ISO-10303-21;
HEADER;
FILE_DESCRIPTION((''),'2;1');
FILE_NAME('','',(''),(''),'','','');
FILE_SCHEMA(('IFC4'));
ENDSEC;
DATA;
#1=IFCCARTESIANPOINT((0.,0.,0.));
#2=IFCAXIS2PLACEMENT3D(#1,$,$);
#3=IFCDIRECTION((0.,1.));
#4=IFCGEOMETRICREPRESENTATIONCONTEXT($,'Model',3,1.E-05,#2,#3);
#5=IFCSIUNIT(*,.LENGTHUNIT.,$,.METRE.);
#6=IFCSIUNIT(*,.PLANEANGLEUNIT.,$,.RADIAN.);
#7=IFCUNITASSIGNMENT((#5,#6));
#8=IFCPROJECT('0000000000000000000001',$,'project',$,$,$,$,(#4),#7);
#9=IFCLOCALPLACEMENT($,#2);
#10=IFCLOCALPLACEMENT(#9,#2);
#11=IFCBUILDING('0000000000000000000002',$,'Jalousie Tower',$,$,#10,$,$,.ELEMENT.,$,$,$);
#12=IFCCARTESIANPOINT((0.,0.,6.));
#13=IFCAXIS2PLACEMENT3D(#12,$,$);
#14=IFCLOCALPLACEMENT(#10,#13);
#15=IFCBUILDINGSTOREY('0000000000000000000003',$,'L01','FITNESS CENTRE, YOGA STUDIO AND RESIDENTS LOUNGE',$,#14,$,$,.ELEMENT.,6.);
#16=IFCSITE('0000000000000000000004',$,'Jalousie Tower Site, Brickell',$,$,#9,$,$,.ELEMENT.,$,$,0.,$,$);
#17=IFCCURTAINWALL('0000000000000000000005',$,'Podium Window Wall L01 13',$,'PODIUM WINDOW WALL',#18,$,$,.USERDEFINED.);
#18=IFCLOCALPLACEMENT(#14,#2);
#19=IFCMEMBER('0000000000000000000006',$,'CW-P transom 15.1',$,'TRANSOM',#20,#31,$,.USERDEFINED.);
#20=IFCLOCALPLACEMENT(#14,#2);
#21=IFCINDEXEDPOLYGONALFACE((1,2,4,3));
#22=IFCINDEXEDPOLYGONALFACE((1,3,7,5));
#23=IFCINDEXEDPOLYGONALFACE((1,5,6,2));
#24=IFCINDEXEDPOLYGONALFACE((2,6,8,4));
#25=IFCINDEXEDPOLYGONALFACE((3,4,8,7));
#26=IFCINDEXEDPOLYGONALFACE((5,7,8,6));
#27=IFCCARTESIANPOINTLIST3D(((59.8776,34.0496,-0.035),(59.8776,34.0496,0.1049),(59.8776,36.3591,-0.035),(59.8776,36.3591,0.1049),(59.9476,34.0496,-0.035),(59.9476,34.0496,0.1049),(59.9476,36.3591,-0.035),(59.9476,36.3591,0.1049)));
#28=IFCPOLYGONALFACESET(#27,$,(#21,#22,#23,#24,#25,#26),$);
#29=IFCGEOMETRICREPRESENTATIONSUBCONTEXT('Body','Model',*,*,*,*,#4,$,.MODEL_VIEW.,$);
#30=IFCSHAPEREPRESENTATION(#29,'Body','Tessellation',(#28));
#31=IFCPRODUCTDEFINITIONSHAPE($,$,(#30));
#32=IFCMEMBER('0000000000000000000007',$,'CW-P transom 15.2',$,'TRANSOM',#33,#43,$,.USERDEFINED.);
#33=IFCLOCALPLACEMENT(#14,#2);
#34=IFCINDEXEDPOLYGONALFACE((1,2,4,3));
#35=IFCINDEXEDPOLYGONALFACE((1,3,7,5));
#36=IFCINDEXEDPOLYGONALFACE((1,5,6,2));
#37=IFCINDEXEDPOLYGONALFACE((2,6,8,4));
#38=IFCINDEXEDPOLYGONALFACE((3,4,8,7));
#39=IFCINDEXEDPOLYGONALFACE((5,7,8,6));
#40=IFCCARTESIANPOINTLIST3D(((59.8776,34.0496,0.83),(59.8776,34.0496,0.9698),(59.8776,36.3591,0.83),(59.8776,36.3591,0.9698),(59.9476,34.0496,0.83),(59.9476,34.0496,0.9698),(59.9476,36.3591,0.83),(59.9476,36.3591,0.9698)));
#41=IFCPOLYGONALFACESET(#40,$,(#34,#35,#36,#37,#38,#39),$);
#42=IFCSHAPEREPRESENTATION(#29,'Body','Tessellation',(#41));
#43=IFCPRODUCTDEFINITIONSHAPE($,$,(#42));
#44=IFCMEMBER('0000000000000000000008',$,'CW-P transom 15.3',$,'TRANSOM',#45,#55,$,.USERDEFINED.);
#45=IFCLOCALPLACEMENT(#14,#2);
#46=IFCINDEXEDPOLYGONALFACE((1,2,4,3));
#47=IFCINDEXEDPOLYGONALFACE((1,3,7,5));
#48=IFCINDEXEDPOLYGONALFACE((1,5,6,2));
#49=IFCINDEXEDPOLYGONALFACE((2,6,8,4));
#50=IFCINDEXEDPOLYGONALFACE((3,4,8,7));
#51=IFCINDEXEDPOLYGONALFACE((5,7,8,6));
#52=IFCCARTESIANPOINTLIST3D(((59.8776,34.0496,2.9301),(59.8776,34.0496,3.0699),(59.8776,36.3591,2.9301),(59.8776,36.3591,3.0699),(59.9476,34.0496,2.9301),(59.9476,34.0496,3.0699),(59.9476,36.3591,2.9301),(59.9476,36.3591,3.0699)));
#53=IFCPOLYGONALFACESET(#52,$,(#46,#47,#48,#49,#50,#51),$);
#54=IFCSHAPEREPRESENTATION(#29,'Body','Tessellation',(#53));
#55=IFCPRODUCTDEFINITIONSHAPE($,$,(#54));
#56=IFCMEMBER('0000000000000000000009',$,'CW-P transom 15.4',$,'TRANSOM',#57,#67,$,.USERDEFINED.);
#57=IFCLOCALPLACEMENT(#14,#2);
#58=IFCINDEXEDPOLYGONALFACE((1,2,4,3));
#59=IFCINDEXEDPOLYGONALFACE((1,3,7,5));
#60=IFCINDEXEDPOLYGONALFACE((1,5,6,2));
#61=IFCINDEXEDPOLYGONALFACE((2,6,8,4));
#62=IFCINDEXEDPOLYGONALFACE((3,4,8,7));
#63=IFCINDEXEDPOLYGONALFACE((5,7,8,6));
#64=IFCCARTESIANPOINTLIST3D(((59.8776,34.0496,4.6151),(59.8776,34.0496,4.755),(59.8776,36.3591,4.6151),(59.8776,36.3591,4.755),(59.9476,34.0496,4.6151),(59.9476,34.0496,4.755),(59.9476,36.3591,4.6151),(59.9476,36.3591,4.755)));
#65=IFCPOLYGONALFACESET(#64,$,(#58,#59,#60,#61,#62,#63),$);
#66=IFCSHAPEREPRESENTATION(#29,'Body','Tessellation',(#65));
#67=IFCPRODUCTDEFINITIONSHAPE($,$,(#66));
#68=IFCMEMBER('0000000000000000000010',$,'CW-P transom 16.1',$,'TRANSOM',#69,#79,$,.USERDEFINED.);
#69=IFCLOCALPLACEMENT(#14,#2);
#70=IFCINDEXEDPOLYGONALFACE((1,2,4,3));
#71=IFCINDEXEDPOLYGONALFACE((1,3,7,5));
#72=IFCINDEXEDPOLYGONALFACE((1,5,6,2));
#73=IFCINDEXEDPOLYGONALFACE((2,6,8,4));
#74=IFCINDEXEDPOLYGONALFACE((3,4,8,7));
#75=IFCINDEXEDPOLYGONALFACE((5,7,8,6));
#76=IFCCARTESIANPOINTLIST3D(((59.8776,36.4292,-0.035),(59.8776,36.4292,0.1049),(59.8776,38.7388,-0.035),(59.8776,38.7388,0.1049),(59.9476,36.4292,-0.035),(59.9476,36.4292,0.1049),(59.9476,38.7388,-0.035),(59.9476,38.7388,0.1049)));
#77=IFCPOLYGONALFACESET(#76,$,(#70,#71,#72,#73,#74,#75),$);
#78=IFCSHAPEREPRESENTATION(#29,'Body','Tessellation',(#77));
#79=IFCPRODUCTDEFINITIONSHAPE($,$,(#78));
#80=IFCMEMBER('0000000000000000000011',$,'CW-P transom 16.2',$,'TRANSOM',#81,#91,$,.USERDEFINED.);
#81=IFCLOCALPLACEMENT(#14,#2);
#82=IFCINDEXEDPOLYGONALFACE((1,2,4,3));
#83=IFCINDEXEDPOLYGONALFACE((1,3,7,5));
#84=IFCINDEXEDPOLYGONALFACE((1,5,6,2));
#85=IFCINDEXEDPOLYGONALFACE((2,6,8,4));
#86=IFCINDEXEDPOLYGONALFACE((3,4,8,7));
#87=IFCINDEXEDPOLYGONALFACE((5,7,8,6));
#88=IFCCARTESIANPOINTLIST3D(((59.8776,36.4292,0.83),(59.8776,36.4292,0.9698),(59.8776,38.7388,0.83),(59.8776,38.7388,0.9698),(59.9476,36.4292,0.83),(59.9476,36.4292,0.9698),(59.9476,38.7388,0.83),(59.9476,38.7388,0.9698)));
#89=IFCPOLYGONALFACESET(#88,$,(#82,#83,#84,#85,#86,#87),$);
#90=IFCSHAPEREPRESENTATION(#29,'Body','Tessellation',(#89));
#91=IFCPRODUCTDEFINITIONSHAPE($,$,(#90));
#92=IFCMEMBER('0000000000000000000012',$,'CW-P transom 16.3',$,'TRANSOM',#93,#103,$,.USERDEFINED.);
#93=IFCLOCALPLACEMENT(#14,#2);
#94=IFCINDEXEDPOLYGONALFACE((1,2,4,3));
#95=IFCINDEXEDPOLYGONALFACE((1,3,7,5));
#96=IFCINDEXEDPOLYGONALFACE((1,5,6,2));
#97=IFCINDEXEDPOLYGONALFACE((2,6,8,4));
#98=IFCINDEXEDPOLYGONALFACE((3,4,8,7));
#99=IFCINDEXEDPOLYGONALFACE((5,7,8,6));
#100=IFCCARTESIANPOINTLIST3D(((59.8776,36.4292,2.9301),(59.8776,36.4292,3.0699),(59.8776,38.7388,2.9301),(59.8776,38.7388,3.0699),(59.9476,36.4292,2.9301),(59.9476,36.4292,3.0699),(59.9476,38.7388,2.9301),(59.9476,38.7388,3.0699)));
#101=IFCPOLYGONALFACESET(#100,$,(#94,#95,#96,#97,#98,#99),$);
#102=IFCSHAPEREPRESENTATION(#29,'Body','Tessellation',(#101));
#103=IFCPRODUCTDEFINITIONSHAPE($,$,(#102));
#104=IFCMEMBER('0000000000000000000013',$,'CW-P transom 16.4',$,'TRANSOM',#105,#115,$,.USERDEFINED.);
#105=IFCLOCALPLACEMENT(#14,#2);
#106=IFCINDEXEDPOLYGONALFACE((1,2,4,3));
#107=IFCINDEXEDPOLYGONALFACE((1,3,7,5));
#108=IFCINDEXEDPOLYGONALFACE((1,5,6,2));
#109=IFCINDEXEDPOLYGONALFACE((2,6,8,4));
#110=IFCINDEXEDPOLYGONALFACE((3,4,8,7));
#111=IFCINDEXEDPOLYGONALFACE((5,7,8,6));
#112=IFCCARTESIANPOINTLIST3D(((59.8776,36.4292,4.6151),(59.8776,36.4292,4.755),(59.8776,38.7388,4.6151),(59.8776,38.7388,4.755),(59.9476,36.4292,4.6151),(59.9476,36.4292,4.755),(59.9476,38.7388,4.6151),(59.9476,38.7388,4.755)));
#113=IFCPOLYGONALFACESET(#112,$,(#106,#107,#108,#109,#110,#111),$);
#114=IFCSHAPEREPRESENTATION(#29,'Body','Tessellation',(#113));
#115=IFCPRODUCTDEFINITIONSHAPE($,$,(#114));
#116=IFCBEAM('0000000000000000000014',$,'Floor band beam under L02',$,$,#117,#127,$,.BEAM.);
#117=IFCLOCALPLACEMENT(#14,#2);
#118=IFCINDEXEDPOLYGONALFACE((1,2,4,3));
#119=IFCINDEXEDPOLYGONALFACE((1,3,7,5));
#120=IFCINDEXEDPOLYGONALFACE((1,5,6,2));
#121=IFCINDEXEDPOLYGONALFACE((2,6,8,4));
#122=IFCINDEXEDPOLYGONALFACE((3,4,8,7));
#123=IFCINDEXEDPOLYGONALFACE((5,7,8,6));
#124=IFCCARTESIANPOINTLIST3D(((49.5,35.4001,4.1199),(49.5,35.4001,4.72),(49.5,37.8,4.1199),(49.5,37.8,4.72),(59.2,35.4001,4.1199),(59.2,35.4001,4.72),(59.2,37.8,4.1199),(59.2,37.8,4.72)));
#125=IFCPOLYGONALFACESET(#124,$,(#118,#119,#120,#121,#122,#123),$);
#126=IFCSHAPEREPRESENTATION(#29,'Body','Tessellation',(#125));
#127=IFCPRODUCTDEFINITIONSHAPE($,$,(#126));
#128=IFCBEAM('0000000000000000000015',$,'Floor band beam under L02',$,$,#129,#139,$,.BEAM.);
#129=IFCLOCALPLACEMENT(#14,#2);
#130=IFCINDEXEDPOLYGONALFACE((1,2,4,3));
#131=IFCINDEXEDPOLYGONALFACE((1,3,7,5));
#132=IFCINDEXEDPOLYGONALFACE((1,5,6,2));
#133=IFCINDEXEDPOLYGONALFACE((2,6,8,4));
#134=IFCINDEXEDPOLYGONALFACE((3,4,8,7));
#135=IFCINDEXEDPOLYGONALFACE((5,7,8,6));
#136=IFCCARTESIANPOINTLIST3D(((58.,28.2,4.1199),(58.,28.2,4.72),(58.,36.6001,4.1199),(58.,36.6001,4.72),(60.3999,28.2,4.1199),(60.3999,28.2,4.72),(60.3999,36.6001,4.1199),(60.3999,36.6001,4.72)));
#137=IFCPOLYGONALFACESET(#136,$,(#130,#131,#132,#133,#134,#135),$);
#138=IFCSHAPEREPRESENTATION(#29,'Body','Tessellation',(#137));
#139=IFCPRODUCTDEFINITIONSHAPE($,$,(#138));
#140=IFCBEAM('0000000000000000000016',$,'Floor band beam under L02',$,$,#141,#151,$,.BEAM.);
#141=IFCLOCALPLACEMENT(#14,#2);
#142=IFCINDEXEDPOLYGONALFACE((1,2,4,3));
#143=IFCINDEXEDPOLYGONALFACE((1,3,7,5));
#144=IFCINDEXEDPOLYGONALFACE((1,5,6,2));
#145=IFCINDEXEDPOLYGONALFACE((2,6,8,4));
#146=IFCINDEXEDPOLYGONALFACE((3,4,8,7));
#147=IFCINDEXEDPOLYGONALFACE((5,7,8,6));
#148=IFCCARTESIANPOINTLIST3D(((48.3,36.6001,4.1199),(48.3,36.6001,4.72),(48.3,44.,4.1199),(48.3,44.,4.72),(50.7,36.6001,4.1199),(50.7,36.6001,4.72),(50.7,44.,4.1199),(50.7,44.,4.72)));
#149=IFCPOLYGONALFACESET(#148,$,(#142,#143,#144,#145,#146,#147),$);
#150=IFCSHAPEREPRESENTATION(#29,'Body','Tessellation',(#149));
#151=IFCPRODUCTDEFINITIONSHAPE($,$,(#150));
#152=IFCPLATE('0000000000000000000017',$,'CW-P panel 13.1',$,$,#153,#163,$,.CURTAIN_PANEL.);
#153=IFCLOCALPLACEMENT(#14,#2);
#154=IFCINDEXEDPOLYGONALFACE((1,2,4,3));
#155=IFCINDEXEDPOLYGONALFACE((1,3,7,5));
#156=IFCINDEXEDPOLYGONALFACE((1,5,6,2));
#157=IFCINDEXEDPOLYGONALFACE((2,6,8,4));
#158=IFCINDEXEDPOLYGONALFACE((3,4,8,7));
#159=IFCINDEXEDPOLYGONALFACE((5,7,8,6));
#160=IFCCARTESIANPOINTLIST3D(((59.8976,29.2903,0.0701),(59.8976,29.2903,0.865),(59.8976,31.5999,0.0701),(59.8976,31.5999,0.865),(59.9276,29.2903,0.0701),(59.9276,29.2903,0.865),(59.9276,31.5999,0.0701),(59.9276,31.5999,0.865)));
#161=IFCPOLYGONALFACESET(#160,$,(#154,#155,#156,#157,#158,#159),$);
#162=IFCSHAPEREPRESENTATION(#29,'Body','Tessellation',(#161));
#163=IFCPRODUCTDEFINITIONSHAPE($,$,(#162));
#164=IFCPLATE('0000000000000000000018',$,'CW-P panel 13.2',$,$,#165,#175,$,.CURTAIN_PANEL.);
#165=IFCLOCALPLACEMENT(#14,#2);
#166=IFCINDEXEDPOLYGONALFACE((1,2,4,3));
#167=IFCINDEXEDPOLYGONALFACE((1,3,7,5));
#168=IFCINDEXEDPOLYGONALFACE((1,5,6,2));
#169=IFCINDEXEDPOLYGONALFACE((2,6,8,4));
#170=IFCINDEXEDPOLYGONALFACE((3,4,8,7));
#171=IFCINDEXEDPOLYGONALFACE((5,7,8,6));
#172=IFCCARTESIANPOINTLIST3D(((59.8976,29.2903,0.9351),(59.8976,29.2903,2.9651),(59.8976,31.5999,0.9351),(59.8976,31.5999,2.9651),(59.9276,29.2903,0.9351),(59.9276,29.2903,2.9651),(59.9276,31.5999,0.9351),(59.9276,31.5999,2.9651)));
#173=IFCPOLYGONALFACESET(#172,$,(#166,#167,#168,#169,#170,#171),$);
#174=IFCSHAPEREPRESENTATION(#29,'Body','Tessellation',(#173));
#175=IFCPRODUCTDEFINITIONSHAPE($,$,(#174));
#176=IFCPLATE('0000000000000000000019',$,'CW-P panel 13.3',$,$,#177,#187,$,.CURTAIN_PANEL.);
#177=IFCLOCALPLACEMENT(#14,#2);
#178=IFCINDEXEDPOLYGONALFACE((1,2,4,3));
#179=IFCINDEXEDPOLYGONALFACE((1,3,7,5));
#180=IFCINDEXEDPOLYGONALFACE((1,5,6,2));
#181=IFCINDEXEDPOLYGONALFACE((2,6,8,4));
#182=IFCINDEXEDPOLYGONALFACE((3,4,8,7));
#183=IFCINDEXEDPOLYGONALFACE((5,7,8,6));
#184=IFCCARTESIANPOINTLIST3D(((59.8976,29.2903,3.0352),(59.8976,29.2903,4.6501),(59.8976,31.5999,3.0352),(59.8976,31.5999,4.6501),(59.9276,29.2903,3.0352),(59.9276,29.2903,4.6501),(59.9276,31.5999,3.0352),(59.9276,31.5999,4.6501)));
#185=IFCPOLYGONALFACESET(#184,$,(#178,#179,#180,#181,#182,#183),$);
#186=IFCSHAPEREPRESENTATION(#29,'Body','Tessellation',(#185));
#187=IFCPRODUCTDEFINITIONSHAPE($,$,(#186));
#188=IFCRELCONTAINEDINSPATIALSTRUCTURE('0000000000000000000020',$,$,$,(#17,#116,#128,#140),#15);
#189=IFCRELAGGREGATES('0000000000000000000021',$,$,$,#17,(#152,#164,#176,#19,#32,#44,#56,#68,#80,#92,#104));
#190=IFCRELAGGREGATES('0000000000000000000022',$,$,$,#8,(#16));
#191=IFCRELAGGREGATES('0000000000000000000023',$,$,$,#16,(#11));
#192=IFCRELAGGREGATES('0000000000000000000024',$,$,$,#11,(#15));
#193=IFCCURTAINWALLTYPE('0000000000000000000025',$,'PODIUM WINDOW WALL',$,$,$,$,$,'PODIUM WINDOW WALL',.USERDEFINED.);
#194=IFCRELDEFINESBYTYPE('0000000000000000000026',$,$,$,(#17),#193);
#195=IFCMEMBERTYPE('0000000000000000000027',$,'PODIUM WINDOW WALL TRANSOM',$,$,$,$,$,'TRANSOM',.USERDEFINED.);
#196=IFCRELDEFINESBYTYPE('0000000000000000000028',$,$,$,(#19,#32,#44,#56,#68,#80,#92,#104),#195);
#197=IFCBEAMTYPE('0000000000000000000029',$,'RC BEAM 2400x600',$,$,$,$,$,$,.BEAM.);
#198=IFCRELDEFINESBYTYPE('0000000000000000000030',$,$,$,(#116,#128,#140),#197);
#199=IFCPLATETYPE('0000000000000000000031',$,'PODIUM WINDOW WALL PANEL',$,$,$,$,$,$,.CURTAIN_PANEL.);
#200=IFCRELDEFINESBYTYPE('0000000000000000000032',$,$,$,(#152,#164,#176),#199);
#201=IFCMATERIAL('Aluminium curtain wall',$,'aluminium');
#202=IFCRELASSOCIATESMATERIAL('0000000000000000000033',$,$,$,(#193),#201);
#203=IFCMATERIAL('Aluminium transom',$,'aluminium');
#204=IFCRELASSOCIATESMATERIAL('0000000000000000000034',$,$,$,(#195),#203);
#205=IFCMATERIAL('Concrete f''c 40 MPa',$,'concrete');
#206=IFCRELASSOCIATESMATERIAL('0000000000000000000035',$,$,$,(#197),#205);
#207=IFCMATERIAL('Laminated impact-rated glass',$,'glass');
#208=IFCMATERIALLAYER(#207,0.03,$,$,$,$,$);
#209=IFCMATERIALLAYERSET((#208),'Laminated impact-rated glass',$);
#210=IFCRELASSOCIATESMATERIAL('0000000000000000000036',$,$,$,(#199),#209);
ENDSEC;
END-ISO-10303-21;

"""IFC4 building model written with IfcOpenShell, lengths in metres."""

from ifc_helpers import new_model, si_unit, direction, frame, origin, origin_2d, place, context, subcontext, project, spatial, rectangle, extrude, material, layer, layer_set, material_profile, profile_set, type_object, element, aggregate, save


model = new_model("IFC4")

# Units and contexts
model_context = context("Model", 3, precision=1e-05, world=origin(), true_north=direction((0.0, 1.0)))
body_context = subcontext(model_context, "Body", "Model", "MODEL_VIEW")
ifc_project = project(units=[si_unit("LENGTHUNIT", "METRE"), si_unit("PLANEANGLEUNIT", "RADIAN")], contexts=[model_context])

# Site, building, storey
site_placement = place(None, origin())
site = spatial("IfcSite", under=ifc_project, at=site_placement, Name="Jalousie Tower Site, Brickell", CompositionType="ELEMENT", RefElevation=0.0)
building_placement = place(site_placement, origin())
building = spatial("IfcBuilding", under=site, at=building_placement, Name="Jalousie Tower", CompositionType="ELEMENT")
storey_placement = place(building_placement, frame((0.0, 0.0, 6.0)))
storey = spatial("IfcBuildingStorey", under=building, at=storey_placement, Name="L01", Description="FITNESS CENTRE, YOGA STUDIO AND RESIDENTS LOUNGE", CompositionType="ELEMENT", Elevation=6.0)

# Curtain wall, members
ifc_material_1 = material(Name="Aluminium curtain wall", Category="aluminium")
curtain_wall_type = type_object("IfcCurtainWallType", Name="PODIUM WINDOW WALL", ElementType="PODIUM WINDOW WALL", PredefinedType="USERDEFINED", material=ifc_material_1)
curtain_wall_placement = place(storey_placement, origin())
curtain_wall = element("IfcCurtainWall", 1, at=curtain_wall_placement, inside=storey, type_object=curtain_wall_type, Name="Podium Window Wall L01 13", ObjectType="PODIUM WINDOW WALL", PredefinedType="USERDEFINED")
ifc_material_2 = material(Name="Aluminium transom", Category="aluminium")
ifc_material_profile_1 = material_profile(ifc_material_2, rectangle(XDim=0.0701, YDim=0.1399, at=origin_2d()), Name="TRANSOM 70x140")
ifc_profile_set_1 = profile_set([ifc_material_profile_1], Name="Aluminium transom")
member_type_1 = type_object("IfcMemberType", Name="PODIUM WINDOW WALL TRANSOM", ElementType="TRANSOM", PredefinedType="USERDEFINED", material=ifc_profile_set_1)
member_1_placement = place(storey_placement, frame((59.9126, 34.0496, 0.0349), z_axis=(0.0, 1.0, 0.0), x_axis=(-1.0, 0.0, 0.0)))
member_1 = element("IfcMember", 2, at=member_1_placement, type_object=member_type_1, Name="CW-P transom 15.1", ObjectType="TRANSOM", PredefinedType="USERDEFINED", context=body_context, shape_type="SweptSolid", body=[
    extrude(rectangle(XDim=0.0701, YDim=0.1399, at=origin_2d()), origin(), (0.0, 0.0, 1.0), 2.3096),
])
member_2_placement = place(storey_placement, frame((59.9126, 34.0496, 0.8999), z_axis=(0.0, 1.0, 0.0), x_axis=(-1.0, 0.0, 0.0)))
member_2 = element("IfcMember", 3, at=member_2_placement, type_object=member_type_1, Name="CW-P transom 15.2", ObjectType="TRANSOM", PredefinedType="USERDEFINED", context=body_context, shape_type="SweptSolid", body=[
    extrude(rectangle(XDim=0.0701, YDim=0.1399, at=origin_2d()), origin(), (0.0, 0.0, 1.0), 2.3096),
])
member_3_placement = place(storey_placement, frame((59.9126, 34.0496, 3.0), z_axis=(0.0, 1.0, 0.0), x_axis=(-1.0, 0.0, 0.0)))
member_3 = element("IfcMember", 4, at=member_3_placement, type_object=member_type_1, Name="CW-P transom 15.3", ObjectType="TRANSOM", PredefinedType="USERDEFINED", context=body_context, shape_type="SweptSolid", body=[
    extrude(rectangle(XDim=0.0701, YDim=0.1399, at=origin_2d()), origin(), (0.0, 0.0, 1.0), 2.3096),
])
member_4_placement = place(storey_placement, frame((59.9126, 34.0496, 4.6851), z_axis=(0.0, 1.0, 0.0), x_axis=(-1.0, 0.0, 0.0)))
member_4 = element("IfcMember", 5, at=member_4_placement, type_object=member_type_1, Name="CW-P transom 15.4", ObjectType="TRANSOM", PredefinedType="USERDEFINED", context=body_context, shape_type="SweptSolid", body=[
    extrude(rectangle(XDim=0.0701, YDim=0.1399, at=origin_2d()), origin(), (0.0, 0.0, 1.0), 2.3096),
])
member_5_placement = place(storey_placement, frame((59.9126, 36.4292, 0.0349), z_axis=(0.0, 1.0, 0.0), x_axis=(-1.0, 0.0, 0.0)))
member_5 = element("IfcMember", 6, at=member_5_placement, type_object=member_type_1, Name="CW-P transom 16.1", ObjectType="TRANSOM", PredefinedType="USERDEFINED", context=body_context, shape_type="SweptSolid", body=[
    extrude(rectangle(XDim=0.0701, YDim=0.1399, at=origin_2d()), origin(), (0.0, 0.0, 1.0), 2.3096),
])
member_6_placement = place(storey_placement, frame((59.9126, 36.4292, 0.8999), z_axis=(0.0, 1.0, 0.0), x_axis=(-1.0, 0.0, 0.0)))
member_6 = element("IfcMember", 7, at=member_6_placement, type_object=member_type_1, Name="CW-P transom 16.2", ObjectType="TRANSOM", PredefinedType="USERDEFINED", context=body_context, shape_type="SweptSolid", body=[
    extrude(rectangle(XDim=0.0701, YDim=0.1399, at=origin_2d()), origin(), (0.0, 0.0, 1.0), 2.3096),
])
member_7_placement = place(storey_placement, frame((59.9126, 36.4292, 3.0), z_axis=(0.0, 1.0, 0.0), x_axis=(-1.0, 0.0, 0.0)))
member_7 = element("IfcMember", 8, at=member_7_placement, type_object=member_type_1, Name="CW-P transom 16.3", ObjectType="TRANSOM", PredefinedType="USERDEFINED", context=body_context, shape_type="SweptSolid", body=[
    extrude(rectangle(XDim=0.0701, YDim=0.1399, at=origin_2d()), origin(), (0.0, 0.0, 1.0), 2.3096),
])
member_8_placement = place(storey_placement, frame((59.9126, 36.4292, 4.6851), z_axis=(0.0, 1.0, 0.0), x_axis=(-1.0, 0.0, 0.0)))
member_8 = element("IfcMember", 9, at=member_8_placement, type_object=member_type_1, Name="CW-P transom 16.4", ObjectType="TRANSOM", PredefinedType="USERDEFINED", context=body_context, shape_type="SweptSolid", body=[
    extrude(rectangle(XDim=0.0701, YDim=0.1399, at=origin_2d()), origin(), (0.0, 0.0, 1.0), 2.3096),
])

# Beams
ifc_material_3 = material(Name="Concrete f'c 40 MPa", Category="concrete")
ifc_material_profile_2 = material_profile(ifc_material_3, rectangle(XDim=2.3999, YDim=0.6001, at=origin_2d()), Name="RC 2400x600")
ifc_profile_set_2 = profile_set([ifc_material_profile_2], Name="Concrete f'c 40 MPa")
beam_type = type_object("IfcBeamType", Name="RC BEAM 2400x600", PredefinedType="BEAM", material=ifc_profile_set_2)
beam_1_placement = place(storey_placement, frame((49.5, 36.6001, 4.4199), z_axis=(1.0, 0.0, 0.0), x_axis=(0.0, 1.0, 0.0)))
element("IfcBeam", 10, at=beam_1_placement, inside=storey, type_object=beam_type, Name="Floor band beam under L02", PredefinedType="BEAM", context=body_context, shape_type="SweptSolid", body=[
    extrude(rectangle(XDim=2.3999, YDim=0.6001, at=origin_2d()), origin(), (0.0, 0.0, 1.0), 9.7),
])
beam_2_placement = place(storey_placement, frame((59.2, 28.2, 4.4199), z_axis=(0.0, 1.0, 0.0), x_axis=(-1.0, 0.0, 0.0)))
element("IfcBeam", 11, at=beam_2_placement, inside=storey, type_object=beam_type, Name="Floor band beam under L02", PredefinedType="BEAM", context=body_context, shape_type="SweptSolid", body=[
    extrude(rectangle(XDim=2.3999, YDim=0.6001, at=origin_2d()), origin(), (0.0, 0.0, 1.0), 8.4001),
])
beam_3_placement = place(storey_placement, frame((49.5, 36.6001, 4.4199), z_axis=(0.0, 1.0, 0.0), x_axis=(-1.0, 0.0, 0.0)))
element("IfcBeam", 12, at=beam_3_placement, inside=storey, type_object=beam_type, Name="Floor band beam under L02", PredefinedType="BEAM", context=body_context, shape_type="SweptSolid", body=[
    extrude(rectangle(XDim=2.3999, YDim=0.6001, at=origin_2d()), origin(), (0.0, 0.0, 1.0), 7.3999),
])

# Plates
ifc_material_4 = material(Name="Laminated impact-rated glass", Category="glass")
ifc_layer = layer(ifc_material_4, 0.03)
ifc_layer_set = layer_set([ifc_layer], Name="Laminated impact-rated glass")
plate_type = type_object("IfcPlateType", Name="PODIUM WINDOW WALL PANEL", PredefinedType="CURTAIN_PANEL", material=ifc_layer_set)
plate_1_placement = place(storey_placement, frame((59.9126, 30.4451, 0.0701), z_axis=(0.0, 0.0, 1.0), x_axis=(0.0, 1.0, 0.0)))
plate_1 = element("IfcPlate", 13, at=plate_1_placement, type_object=plate_type, Name="CW-P panel 13.1", PredefinedType="CURTAIN_PANEL", context=body_context, shape_type="SweptSolid", body=[
    extrude(rectangle(XDim=2.3096, YDim=0.03, at=origin_2d()), origin(), (0.0, 0.0, 1.0), 0.7949),
])
plate_2_placement = place(storey_placement, frame((59.9126, 30.4451, 0.9351), z_axis=(0.0, 0.0, 1.0), x_axis=(0.0, 1.0, 0.0)))
plate_2 = element("IfcPlate", 14, at=plate_2_placement, type_object=plate_type, Name="CW-P panel 13.2", PredefinedType="CURTAIN_PANEL", context=body_context, shape_type="SweptSolid", body=[
    extrude(rectangle(XDim=2.3096, YDim=0.03, at=origin_2d()), origin(), (0.0, 0.0, 1.0), 2.03),
])
plate_3_placement = place(storey_placement, frame((59.9126, 30.4451, 3.0352), z_axis=(0.0, 0.0, 1.0), x_axis=(0.0, 1.0, 0.0)))
plate_3 = element("IfcPlate", 15, at=plate_3_placement, type_object=plate_type, Name="CW-P panel 13.3", PredefinedType="CURTAIN_PANEL", context=body_context, shape_type="SweptSolid", body=[
    extrude(rectangle(XDim=2.3096, YDim=0.03, at=origin_2d()), origin(), (0.0, 0.0, 1.0), 1.615),
])
aggregate(curtain_wall, [plate_1, plate_2, plate_3, member_1, member_2, member_3, member_4, member_5, member_6, member_7, member_8])

save(model, "model.ifc")
